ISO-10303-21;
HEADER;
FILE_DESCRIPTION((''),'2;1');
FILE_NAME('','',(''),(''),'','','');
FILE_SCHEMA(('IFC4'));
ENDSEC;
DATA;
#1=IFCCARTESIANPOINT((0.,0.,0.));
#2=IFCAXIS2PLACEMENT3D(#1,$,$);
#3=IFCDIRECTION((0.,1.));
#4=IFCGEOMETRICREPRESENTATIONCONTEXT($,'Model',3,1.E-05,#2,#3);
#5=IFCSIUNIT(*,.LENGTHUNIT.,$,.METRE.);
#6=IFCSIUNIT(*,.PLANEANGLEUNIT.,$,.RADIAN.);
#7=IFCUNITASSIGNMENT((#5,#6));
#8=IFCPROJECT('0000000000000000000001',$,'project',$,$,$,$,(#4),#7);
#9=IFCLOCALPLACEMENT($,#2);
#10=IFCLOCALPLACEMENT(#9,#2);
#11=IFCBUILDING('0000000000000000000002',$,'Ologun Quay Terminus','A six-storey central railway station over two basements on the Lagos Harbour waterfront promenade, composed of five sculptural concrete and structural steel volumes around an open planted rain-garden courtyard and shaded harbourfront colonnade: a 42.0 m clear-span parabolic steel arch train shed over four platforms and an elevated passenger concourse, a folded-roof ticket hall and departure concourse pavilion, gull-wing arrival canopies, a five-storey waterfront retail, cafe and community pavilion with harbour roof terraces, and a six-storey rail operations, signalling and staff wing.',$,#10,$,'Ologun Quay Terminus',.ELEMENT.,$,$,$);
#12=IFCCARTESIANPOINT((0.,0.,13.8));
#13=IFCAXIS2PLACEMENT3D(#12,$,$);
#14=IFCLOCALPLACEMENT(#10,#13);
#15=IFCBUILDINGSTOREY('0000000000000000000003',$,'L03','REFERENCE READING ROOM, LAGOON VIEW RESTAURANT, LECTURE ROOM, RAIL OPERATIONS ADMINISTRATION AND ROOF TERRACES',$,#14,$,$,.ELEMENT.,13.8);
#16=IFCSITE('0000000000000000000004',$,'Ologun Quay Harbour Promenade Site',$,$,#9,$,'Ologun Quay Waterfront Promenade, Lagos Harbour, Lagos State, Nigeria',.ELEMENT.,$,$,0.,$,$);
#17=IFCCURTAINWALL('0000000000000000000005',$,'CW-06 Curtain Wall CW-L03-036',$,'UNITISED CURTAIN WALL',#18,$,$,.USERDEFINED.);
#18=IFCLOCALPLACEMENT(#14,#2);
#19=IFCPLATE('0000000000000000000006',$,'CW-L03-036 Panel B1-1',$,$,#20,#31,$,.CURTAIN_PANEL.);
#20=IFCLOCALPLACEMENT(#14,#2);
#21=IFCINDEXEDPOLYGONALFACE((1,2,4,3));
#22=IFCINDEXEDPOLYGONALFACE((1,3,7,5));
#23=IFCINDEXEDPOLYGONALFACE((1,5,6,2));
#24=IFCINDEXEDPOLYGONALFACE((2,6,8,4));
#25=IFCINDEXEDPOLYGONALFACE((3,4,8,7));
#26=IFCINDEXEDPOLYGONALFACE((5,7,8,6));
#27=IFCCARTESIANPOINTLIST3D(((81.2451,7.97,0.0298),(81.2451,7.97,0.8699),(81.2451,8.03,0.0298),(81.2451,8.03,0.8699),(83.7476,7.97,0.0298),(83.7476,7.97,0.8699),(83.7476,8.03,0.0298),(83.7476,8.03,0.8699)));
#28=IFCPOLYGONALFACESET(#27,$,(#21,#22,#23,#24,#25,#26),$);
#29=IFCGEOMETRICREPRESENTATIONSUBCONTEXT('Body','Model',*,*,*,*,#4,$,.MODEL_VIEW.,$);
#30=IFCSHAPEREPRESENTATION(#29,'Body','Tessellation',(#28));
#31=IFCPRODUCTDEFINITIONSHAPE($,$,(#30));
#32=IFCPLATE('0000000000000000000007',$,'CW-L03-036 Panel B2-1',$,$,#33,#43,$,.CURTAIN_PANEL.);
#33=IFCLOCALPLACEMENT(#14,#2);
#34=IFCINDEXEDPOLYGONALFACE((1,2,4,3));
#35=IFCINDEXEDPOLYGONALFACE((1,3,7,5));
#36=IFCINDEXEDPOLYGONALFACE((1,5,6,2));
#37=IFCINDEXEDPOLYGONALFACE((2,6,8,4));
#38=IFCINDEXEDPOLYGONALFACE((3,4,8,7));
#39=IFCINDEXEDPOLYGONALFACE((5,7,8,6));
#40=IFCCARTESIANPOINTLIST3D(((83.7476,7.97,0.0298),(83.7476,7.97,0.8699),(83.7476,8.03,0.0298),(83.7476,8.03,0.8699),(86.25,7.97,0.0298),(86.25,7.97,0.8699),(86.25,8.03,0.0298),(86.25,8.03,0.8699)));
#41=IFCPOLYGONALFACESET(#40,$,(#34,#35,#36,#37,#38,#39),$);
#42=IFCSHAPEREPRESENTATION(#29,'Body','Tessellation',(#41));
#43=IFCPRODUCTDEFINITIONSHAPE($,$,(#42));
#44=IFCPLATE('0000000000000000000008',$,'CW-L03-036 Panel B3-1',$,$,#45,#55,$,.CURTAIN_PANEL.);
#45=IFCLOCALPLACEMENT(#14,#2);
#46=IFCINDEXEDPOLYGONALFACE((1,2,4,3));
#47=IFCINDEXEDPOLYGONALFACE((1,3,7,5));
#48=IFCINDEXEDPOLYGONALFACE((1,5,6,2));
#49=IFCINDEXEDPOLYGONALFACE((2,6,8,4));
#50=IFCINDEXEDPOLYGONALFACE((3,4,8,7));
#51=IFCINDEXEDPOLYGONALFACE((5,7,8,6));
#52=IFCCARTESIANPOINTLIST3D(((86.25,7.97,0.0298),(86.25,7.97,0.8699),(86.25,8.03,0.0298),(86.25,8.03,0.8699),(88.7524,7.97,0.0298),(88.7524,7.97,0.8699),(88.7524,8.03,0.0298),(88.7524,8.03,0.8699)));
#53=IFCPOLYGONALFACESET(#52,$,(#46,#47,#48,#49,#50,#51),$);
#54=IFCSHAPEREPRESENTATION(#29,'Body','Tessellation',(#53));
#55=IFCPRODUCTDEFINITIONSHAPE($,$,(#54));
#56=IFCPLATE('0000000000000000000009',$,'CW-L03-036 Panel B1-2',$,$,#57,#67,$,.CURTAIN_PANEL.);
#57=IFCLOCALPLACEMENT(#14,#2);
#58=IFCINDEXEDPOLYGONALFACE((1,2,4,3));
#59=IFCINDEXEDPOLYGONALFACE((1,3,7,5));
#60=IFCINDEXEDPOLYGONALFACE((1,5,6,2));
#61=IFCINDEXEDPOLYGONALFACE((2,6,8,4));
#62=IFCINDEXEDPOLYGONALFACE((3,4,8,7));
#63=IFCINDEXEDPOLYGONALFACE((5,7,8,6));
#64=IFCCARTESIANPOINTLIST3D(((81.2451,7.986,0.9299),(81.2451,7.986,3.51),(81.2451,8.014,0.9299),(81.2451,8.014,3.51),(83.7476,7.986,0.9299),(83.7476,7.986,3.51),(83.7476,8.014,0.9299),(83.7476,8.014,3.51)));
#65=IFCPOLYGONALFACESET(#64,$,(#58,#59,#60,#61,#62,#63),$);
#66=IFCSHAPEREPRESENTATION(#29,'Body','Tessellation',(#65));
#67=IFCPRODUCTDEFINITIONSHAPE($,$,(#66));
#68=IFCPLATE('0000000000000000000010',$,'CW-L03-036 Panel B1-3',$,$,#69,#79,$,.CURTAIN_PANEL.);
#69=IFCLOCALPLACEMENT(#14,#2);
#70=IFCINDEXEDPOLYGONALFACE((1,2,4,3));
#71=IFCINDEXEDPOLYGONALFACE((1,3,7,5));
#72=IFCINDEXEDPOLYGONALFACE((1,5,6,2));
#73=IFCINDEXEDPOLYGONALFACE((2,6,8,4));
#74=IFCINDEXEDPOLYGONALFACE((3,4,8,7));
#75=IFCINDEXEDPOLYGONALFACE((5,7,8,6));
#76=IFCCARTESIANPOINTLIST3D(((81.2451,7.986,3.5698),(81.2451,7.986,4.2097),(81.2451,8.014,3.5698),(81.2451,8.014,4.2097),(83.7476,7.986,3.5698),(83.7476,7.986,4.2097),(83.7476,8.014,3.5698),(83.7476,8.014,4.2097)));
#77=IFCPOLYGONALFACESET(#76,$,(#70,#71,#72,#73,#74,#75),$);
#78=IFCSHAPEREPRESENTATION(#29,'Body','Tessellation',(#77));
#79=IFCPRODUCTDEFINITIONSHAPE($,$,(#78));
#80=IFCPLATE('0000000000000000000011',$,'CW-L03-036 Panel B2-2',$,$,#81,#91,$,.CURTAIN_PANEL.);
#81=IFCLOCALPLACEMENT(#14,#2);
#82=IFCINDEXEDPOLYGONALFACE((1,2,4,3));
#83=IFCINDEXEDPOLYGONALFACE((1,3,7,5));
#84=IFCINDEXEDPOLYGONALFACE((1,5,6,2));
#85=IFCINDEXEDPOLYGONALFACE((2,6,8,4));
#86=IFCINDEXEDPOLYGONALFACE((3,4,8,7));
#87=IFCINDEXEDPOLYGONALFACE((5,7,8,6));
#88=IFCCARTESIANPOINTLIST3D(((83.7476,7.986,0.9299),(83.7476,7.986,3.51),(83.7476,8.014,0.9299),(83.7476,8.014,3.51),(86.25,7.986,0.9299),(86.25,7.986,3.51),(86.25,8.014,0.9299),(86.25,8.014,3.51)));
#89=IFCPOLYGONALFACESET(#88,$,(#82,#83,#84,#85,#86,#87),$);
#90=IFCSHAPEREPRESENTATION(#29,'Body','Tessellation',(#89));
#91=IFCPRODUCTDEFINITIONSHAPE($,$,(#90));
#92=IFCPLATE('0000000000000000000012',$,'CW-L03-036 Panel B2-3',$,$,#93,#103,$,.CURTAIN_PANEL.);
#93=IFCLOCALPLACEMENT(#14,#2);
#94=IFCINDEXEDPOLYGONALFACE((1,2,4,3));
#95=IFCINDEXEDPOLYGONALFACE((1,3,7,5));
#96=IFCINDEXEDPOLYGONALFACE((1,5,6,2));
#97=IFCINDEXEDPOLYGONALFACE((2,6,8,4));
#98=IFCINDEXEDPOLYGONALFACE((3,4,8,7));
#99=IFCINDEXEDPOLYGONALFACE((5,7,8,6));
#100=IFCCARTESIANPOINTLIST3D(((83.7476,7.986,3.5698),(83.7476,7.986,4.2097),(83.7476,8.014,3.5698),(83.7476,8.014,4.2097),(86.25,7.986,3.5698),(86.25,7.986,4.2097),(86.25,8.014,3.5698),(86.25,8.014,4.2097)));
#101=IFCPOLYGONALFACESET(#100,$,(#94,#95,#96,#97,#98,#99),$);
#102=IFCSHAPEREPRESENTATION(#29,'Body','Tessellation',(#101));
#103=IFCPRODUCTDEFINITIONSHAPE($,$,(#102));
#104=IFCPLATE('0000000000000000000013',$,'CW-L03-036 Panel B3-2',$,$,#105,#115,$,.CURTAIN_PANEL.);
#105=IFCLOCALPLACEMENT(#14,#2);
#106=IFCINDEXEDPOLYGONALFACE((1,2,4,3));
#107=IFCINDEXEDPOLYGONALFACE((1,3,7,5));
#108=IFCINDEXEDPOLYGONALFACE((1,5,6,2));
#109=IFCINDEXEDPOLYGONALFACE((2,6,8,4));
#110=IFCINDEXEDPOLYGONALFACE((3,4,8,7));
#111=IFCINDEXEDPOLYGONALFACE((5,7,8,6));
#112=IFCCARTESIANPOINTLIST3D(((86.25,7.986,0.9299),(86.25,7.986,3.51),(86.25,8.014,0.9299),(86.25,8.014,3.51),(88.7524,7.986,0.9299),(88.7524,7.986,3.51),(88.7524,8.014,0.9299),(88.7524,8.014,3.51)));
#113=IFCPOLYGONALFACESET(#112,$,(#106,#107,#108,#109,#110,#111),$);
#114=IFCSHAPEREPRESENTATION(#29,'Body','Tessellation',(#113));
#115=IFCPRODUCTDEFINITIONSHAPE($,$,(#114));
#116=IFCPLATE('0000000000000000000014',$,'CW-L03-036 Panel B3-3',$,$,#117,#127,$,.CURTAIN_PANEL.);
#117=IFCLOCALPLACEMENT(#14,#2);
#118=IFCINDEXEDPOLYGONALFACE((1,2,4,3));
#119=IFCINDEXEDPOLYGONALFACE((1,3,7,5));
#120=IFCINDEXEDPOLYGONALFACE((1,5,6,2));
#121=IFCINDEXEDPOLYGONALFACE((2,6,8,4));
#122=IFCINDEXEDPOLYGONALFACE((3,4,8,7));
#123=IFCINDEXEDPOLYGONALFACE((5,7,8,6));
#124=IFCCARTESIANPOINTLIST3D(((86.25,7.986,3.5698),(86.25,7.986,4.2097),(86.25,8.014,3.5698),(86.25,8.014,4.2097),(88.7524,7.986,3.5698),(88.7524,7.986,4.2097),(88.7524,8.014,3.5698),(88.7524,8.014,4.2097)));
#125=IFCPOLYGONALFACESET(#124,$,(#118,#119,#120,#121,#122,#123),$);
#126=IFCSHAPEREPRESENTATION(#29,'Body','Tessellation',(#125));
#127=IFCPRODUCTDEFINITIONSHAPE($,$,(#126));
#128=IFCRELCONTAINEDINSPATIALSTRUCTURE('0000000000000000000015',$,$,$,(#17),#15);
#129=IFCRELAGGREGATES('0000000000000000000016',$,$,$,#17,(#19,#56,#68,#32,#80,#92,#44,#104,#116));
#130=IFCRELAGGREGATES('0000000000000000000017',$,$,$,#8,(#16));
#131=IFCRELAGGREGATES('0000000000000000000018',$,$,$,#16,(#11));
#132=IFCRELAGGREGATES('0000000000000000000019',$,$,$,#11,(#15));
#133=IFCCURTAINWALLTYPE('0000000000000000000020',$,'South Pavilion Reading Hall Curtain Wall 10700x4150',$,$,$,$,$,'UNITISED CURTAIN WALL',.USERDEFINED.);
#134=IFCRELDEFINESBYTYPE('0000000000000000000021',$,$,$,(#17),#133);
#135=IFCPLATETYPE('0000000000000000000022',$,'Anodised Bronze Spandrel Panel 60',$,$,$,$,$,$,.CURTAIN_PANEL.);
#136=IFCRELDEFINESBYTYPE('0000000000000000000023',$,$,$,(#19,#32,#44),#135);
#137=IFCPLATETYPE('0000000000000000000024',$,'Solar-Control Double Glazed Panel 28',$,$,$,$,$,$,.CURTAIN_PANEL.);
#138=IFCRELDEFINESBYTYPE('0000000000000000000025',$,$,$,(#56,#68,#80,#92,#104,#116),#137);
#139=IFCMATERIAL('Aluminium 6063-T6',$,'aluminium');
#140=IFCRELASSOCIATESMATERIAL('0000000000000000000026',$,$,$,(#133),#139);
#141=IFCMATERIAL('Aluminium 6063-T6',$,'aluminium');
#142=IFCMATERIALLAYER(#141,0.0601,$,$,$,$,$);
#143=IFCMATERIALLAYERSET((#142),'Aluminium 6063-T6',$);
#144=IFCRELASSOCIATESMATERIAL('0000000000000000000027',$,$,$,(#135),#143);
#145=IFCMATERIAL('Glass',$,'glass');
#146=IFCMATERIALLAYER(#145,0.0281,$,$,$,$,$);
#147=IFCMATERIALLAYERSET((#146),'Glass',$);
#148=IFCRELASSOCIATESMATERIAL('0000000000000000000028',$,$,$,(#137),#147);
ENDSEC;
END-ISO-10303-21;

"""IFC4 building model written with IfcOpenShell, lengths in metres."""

from ifc_helpers import new_model, si_unit, direction, frame, origin, origin_2d, place, context, subcontext, project, spatial, rectangle, extrude, material, layer, layer_set, type_object, element, aggregate, save


model = new_model("IFC4")

# Units and contexts
model_context = context("Model", 3, precision=1e-05, world=origin(), true_north=direction((0.0, 1.0)))
body_context = subcontext(model_context, "Body", "Model", "MODEL_VIEW")
ifc_project = project(units=[si_unit("LENGTHUNIT", "METRE"), si_unit("PLANEANGLEUNIT", "RADIAN")], contexts=[model_context])

# Site, building, storey
site_placement = place(None, origin())
site = spatial("IfcSite", under=ifc_project, at=site_placement, Name="Ologun Quay Harbour Promenade Site", LongName="Ologun Quay Waterfront Promenade, Lagos Harbour, Lagos State, Nigeria", CompositionType="ELEMENT", RefElevation=0.0)
building_placement = place(site_placement, origin())
building = spatial("IfcBuilding", under=site, at=building_placement, Name="Ologun Quay Terminus", Description="A six-storey central railway station over two basements on the Lagos Harbour waterfront promenade, composed of five sculptural concrete and structural steel volumes around an open planted rain-garden courtyard and shaded harbourfront colonnade: a 42.0 m clear-span parabolic steel arch train shed over four platforms and an elevated passenger concourse, a folded-roof ticket hall and departure concourse pavilion, gull-wing arrival canopies, a five-storey waterfront retail, cafe and community pavilion with harbour roof terraces, and a six-storey rail operations, signalling and staff wing.", LongName="Ologun Quay Terminus", CompositionType="ELEMENT")
storey_placement = place(building_placement, frame((0.0, 0.0, 13.8)))
storey = spatial("IfcBuildingStorey", under=building, at=storey_placement, Name="L03", Description="REFERENCE READING ROOM, LAGOON VIEW RESTAURANT, LECTURE ROOM, RAIL OPERATIONS ADMINISTRATION AND ROOF TERRACES", CompositionType="ELEMENT", Elevation=13.8)

# Curtain wall, plates
ifc_material_1 = material(Name="Aluminium 6063-T6", Category="aluminium")
curtain_wall_type = type_object("IfcCurtainWallType", Name="South Pavilion Reading Hall Curtain Wall 10700x4150", ElementType="UNITISED CURTAIN WALL", PredefinedType="USERDEFINED", material=ifc_material_1)
curtain_wall_placement = place(storey_placement, origin())
curtain_wall = element("IfcCurtainWall", 1, at=curtain_wall_placement, inside=storey, type_object=curtain_wall_type, Name="CW-06 Curtain Wall CW-L03-036", ObjectType="UNITISED CURTAIN WALL", PredefinedType="USERDEFINED")
ifc_material_2 = material(Name="Aluminium 6063-T6", Category="aluminium")
ifc_layer_1 = layer(ifc_material_2, 0.0601)
ifc_layer_set_1 = layer_set([ifc_layer_1], Name="Aluminium 6063-T6")
plate_type_1 = type_object("IfcPlateType", Name="Anodised Bronze Spandrel Panel 60", PredefinedType="CURTAIN_PANEL", material=ifc_layer_set_1)
plate_1_placement = place(storey_placement, frame((82.4963, 8.0, 0.0298), z_axis=(0.0, 0.0, 1.0), x_axis=(1.0, 0.0, 0.0)))
plate_1 = element("IfcPlate", 2, at=plate_1_placement, type_object=plate_type_1, Name="CW-L03-036 Panel B1-1", PredefinedType="CURTAIN_PANEL", context=body_context, shape_type="SweptSolid", body=[
    extrude(rectangle(XDim=2.5024, YDim=0.0601, at=origin_2d()), origin(), (0.0, 0.0, 1.0), 0.8401),
])
plate_2_placement = place(storey_placement, frame((84.9988, 8.0, 0.0298), z_axis=(0.0, 0.0, 1.0), x_axis=(1.0, 0.0, 0.0)))
plate_2 = element("IfcPlate", 3, at=plate_2_placement, type_object=plate_type_1, Name="CW-L03-036 Panel B2-1", PredefinedType="CURTAIN_PANEL", context=body_context, shape_type="SweptSolid", body=[
    extrude(rectangle(XDim=2.5024, YDim=0.0601, at=origin_2d()), origin(), (0.0, 0.0, 1.0), 0.8401),
])
plate_3_placement = place(storey_placement, frame((87.5012, 8.0, 0.0298), z_axis=(0.0, 0.0, 1.0), x_axis=(1.0, 0.0, 0.0)))
plate_3 = element("IfcPlate", 4, at=plate_3_placement, type_object=plate_type_1, Name="CW-L03-036 Panel B3-1", PredefinedType="CURTAIN_PANEL", context=body_context, shape_type="SweptSolid", body=[
    extrude(rectangle(XDim=2.5024, YDim=0.0601, at=origin_2d()), origin(), (0.0, 0.0, 1.0), 0.8401),
])
ifc_material_3 = material(Name="Glass", Category="glass")
ifc_layer_2 = layer(ifc_material_3, 0.0281)
ifc_layer_set_2 = layer_set([ifc_layer_2], Name="Glass")
plate_type_2 = type_object("IfcPlateType", Name="Solar-Control Double Glazed Panel 28", PredefinedType="CURTAIN_PANEL", material=ifc_layer_set_2)
plate_4_placement = place(storey_placement, frame((82.4963, 8.0, 0.9299), z_axis=(0.0, 0.0, 1.0), x_axis=(1.0, 0.0, 0.0)))
plate_4 = element("IfcPlate", 5, at=plate_4_placement, type_object=plate_type_2, Name="CW-L03-036 Panel B1-2", PredefinedType="CURTAIN_PANEL", context=body_context, shape_type="SweptSolid", body=[
    extrude(rectangle(XDim=2.5024, YDim=0.0281, at=origin_2d()), origin(), (0.0, 0.0, 1.0), 2.5801),
])
plate_5_placement = place(storey_placement, frame((82.4963, 8.0, 3.5698), z_axis=(0.0, 0.0, 1.0), x_axis=(1.0, 0.0, 0.0)))
plate_5 = element("IfcPlate", 6, at=plate_5_placement, type_object=plate_type_2, Name="CW-L03-036 Panel B1-3", PredefinedType="CURTAIN_PANEL", context=body_context, shape_type="SweptSolid", body=[
    extrude(rectangle(XDim=2.5024, YDim=0.0281, at=origin_2d()), origin(), (0.0, 0.0, 1.0), 0.6399),
])
plate_6_placement = place(storey_placement, frame((84.9988, 8.0, 0.9299), z_axis=(0.0, 0.0, 1.0), x_axis=(1.0, 0.0, 0.0)))
plate_6 = element("IfcPlate", 7, at=plate_6_placement, type_object=plate_type_2, Name="CW-L03-036 Panel B2-2", PredefinedType="CURTAIN_PANEL", context=body_context, shape_type="SweptSolid", body=[
    extrude(rectangle(XDim=2.5024, YDim=0.0281, at=origin_2d()), origin(), (0.0, 0.0, 1.0), 2.5801),
])
plate_7_placement = place(storey_placement, frame((84.9988, 8.0, 3.5698), z_axis=(0.0, 0.0, 1.0), x_axis=(1.0, 0.0, 0.0)))
plate_7 = element("IfcPlate", 8, at=plate_7_placement, type_object=plate_type_2, Name="CW-L03-036 Panel B2-3", PredefinedType="CURTAIN_PANEL", context=body_context, shape_type="SweptSolid", body=[
    extrude(rectangle(XDim=2.5024, YDim=0.0281, at=origin_2d()), origin(), (0.0, 0.0, 1.0), 0.6399),
])
plate_8_placement = place(storey_placement, frame((87.5012, 8.0, 0.9299), z_axis=(0.0, 0.0, 1.0), x_axis=(1.0, 0.0, 0.0)))
plate_8 = element("IfcPlate", 9, at=plate_8_placement, type_object=plate_type_2, Name="CW-L03-036 Panel B3-2", PredefinedType="CURTAIN_PANEL", context=body_context, shape_type="SweptSolid", body=[
    extrude(rectangle(XDim=2.5024, YDim=0.0281, at=origin_2d()), origin(), (0.0, 0.0, 1.0), 2.5801),
])
plate_9_placement = place(storey_placement, frame((87.5012, 8.0, 3.5698), z_axis=(0.0, 0.0, 1.0), x_axis=(1.0, 0.0, 0.0)))
plate_9 = element("IfcPlate", 10, at=plate_9_placement, type_object=plate_type_2, Name="CW-L03-036 Panel B3-3", PredefinedType="CURTAIN_PANEL", context=body_context, shape_type="SweptSolid", body=[
    extrude(rectangle(XDim=2.5024, YDim=0.0281, at=origin_2d()), origin(), (0.0, 0.0, 1.0), 0.6399),
])
aggregate(curtain_wall, [plate_1, plate_4, plate_5, plate_2, plate_6, plate_7, plate_3, plate_8, plate_9])

save(model, "model.ifc")
